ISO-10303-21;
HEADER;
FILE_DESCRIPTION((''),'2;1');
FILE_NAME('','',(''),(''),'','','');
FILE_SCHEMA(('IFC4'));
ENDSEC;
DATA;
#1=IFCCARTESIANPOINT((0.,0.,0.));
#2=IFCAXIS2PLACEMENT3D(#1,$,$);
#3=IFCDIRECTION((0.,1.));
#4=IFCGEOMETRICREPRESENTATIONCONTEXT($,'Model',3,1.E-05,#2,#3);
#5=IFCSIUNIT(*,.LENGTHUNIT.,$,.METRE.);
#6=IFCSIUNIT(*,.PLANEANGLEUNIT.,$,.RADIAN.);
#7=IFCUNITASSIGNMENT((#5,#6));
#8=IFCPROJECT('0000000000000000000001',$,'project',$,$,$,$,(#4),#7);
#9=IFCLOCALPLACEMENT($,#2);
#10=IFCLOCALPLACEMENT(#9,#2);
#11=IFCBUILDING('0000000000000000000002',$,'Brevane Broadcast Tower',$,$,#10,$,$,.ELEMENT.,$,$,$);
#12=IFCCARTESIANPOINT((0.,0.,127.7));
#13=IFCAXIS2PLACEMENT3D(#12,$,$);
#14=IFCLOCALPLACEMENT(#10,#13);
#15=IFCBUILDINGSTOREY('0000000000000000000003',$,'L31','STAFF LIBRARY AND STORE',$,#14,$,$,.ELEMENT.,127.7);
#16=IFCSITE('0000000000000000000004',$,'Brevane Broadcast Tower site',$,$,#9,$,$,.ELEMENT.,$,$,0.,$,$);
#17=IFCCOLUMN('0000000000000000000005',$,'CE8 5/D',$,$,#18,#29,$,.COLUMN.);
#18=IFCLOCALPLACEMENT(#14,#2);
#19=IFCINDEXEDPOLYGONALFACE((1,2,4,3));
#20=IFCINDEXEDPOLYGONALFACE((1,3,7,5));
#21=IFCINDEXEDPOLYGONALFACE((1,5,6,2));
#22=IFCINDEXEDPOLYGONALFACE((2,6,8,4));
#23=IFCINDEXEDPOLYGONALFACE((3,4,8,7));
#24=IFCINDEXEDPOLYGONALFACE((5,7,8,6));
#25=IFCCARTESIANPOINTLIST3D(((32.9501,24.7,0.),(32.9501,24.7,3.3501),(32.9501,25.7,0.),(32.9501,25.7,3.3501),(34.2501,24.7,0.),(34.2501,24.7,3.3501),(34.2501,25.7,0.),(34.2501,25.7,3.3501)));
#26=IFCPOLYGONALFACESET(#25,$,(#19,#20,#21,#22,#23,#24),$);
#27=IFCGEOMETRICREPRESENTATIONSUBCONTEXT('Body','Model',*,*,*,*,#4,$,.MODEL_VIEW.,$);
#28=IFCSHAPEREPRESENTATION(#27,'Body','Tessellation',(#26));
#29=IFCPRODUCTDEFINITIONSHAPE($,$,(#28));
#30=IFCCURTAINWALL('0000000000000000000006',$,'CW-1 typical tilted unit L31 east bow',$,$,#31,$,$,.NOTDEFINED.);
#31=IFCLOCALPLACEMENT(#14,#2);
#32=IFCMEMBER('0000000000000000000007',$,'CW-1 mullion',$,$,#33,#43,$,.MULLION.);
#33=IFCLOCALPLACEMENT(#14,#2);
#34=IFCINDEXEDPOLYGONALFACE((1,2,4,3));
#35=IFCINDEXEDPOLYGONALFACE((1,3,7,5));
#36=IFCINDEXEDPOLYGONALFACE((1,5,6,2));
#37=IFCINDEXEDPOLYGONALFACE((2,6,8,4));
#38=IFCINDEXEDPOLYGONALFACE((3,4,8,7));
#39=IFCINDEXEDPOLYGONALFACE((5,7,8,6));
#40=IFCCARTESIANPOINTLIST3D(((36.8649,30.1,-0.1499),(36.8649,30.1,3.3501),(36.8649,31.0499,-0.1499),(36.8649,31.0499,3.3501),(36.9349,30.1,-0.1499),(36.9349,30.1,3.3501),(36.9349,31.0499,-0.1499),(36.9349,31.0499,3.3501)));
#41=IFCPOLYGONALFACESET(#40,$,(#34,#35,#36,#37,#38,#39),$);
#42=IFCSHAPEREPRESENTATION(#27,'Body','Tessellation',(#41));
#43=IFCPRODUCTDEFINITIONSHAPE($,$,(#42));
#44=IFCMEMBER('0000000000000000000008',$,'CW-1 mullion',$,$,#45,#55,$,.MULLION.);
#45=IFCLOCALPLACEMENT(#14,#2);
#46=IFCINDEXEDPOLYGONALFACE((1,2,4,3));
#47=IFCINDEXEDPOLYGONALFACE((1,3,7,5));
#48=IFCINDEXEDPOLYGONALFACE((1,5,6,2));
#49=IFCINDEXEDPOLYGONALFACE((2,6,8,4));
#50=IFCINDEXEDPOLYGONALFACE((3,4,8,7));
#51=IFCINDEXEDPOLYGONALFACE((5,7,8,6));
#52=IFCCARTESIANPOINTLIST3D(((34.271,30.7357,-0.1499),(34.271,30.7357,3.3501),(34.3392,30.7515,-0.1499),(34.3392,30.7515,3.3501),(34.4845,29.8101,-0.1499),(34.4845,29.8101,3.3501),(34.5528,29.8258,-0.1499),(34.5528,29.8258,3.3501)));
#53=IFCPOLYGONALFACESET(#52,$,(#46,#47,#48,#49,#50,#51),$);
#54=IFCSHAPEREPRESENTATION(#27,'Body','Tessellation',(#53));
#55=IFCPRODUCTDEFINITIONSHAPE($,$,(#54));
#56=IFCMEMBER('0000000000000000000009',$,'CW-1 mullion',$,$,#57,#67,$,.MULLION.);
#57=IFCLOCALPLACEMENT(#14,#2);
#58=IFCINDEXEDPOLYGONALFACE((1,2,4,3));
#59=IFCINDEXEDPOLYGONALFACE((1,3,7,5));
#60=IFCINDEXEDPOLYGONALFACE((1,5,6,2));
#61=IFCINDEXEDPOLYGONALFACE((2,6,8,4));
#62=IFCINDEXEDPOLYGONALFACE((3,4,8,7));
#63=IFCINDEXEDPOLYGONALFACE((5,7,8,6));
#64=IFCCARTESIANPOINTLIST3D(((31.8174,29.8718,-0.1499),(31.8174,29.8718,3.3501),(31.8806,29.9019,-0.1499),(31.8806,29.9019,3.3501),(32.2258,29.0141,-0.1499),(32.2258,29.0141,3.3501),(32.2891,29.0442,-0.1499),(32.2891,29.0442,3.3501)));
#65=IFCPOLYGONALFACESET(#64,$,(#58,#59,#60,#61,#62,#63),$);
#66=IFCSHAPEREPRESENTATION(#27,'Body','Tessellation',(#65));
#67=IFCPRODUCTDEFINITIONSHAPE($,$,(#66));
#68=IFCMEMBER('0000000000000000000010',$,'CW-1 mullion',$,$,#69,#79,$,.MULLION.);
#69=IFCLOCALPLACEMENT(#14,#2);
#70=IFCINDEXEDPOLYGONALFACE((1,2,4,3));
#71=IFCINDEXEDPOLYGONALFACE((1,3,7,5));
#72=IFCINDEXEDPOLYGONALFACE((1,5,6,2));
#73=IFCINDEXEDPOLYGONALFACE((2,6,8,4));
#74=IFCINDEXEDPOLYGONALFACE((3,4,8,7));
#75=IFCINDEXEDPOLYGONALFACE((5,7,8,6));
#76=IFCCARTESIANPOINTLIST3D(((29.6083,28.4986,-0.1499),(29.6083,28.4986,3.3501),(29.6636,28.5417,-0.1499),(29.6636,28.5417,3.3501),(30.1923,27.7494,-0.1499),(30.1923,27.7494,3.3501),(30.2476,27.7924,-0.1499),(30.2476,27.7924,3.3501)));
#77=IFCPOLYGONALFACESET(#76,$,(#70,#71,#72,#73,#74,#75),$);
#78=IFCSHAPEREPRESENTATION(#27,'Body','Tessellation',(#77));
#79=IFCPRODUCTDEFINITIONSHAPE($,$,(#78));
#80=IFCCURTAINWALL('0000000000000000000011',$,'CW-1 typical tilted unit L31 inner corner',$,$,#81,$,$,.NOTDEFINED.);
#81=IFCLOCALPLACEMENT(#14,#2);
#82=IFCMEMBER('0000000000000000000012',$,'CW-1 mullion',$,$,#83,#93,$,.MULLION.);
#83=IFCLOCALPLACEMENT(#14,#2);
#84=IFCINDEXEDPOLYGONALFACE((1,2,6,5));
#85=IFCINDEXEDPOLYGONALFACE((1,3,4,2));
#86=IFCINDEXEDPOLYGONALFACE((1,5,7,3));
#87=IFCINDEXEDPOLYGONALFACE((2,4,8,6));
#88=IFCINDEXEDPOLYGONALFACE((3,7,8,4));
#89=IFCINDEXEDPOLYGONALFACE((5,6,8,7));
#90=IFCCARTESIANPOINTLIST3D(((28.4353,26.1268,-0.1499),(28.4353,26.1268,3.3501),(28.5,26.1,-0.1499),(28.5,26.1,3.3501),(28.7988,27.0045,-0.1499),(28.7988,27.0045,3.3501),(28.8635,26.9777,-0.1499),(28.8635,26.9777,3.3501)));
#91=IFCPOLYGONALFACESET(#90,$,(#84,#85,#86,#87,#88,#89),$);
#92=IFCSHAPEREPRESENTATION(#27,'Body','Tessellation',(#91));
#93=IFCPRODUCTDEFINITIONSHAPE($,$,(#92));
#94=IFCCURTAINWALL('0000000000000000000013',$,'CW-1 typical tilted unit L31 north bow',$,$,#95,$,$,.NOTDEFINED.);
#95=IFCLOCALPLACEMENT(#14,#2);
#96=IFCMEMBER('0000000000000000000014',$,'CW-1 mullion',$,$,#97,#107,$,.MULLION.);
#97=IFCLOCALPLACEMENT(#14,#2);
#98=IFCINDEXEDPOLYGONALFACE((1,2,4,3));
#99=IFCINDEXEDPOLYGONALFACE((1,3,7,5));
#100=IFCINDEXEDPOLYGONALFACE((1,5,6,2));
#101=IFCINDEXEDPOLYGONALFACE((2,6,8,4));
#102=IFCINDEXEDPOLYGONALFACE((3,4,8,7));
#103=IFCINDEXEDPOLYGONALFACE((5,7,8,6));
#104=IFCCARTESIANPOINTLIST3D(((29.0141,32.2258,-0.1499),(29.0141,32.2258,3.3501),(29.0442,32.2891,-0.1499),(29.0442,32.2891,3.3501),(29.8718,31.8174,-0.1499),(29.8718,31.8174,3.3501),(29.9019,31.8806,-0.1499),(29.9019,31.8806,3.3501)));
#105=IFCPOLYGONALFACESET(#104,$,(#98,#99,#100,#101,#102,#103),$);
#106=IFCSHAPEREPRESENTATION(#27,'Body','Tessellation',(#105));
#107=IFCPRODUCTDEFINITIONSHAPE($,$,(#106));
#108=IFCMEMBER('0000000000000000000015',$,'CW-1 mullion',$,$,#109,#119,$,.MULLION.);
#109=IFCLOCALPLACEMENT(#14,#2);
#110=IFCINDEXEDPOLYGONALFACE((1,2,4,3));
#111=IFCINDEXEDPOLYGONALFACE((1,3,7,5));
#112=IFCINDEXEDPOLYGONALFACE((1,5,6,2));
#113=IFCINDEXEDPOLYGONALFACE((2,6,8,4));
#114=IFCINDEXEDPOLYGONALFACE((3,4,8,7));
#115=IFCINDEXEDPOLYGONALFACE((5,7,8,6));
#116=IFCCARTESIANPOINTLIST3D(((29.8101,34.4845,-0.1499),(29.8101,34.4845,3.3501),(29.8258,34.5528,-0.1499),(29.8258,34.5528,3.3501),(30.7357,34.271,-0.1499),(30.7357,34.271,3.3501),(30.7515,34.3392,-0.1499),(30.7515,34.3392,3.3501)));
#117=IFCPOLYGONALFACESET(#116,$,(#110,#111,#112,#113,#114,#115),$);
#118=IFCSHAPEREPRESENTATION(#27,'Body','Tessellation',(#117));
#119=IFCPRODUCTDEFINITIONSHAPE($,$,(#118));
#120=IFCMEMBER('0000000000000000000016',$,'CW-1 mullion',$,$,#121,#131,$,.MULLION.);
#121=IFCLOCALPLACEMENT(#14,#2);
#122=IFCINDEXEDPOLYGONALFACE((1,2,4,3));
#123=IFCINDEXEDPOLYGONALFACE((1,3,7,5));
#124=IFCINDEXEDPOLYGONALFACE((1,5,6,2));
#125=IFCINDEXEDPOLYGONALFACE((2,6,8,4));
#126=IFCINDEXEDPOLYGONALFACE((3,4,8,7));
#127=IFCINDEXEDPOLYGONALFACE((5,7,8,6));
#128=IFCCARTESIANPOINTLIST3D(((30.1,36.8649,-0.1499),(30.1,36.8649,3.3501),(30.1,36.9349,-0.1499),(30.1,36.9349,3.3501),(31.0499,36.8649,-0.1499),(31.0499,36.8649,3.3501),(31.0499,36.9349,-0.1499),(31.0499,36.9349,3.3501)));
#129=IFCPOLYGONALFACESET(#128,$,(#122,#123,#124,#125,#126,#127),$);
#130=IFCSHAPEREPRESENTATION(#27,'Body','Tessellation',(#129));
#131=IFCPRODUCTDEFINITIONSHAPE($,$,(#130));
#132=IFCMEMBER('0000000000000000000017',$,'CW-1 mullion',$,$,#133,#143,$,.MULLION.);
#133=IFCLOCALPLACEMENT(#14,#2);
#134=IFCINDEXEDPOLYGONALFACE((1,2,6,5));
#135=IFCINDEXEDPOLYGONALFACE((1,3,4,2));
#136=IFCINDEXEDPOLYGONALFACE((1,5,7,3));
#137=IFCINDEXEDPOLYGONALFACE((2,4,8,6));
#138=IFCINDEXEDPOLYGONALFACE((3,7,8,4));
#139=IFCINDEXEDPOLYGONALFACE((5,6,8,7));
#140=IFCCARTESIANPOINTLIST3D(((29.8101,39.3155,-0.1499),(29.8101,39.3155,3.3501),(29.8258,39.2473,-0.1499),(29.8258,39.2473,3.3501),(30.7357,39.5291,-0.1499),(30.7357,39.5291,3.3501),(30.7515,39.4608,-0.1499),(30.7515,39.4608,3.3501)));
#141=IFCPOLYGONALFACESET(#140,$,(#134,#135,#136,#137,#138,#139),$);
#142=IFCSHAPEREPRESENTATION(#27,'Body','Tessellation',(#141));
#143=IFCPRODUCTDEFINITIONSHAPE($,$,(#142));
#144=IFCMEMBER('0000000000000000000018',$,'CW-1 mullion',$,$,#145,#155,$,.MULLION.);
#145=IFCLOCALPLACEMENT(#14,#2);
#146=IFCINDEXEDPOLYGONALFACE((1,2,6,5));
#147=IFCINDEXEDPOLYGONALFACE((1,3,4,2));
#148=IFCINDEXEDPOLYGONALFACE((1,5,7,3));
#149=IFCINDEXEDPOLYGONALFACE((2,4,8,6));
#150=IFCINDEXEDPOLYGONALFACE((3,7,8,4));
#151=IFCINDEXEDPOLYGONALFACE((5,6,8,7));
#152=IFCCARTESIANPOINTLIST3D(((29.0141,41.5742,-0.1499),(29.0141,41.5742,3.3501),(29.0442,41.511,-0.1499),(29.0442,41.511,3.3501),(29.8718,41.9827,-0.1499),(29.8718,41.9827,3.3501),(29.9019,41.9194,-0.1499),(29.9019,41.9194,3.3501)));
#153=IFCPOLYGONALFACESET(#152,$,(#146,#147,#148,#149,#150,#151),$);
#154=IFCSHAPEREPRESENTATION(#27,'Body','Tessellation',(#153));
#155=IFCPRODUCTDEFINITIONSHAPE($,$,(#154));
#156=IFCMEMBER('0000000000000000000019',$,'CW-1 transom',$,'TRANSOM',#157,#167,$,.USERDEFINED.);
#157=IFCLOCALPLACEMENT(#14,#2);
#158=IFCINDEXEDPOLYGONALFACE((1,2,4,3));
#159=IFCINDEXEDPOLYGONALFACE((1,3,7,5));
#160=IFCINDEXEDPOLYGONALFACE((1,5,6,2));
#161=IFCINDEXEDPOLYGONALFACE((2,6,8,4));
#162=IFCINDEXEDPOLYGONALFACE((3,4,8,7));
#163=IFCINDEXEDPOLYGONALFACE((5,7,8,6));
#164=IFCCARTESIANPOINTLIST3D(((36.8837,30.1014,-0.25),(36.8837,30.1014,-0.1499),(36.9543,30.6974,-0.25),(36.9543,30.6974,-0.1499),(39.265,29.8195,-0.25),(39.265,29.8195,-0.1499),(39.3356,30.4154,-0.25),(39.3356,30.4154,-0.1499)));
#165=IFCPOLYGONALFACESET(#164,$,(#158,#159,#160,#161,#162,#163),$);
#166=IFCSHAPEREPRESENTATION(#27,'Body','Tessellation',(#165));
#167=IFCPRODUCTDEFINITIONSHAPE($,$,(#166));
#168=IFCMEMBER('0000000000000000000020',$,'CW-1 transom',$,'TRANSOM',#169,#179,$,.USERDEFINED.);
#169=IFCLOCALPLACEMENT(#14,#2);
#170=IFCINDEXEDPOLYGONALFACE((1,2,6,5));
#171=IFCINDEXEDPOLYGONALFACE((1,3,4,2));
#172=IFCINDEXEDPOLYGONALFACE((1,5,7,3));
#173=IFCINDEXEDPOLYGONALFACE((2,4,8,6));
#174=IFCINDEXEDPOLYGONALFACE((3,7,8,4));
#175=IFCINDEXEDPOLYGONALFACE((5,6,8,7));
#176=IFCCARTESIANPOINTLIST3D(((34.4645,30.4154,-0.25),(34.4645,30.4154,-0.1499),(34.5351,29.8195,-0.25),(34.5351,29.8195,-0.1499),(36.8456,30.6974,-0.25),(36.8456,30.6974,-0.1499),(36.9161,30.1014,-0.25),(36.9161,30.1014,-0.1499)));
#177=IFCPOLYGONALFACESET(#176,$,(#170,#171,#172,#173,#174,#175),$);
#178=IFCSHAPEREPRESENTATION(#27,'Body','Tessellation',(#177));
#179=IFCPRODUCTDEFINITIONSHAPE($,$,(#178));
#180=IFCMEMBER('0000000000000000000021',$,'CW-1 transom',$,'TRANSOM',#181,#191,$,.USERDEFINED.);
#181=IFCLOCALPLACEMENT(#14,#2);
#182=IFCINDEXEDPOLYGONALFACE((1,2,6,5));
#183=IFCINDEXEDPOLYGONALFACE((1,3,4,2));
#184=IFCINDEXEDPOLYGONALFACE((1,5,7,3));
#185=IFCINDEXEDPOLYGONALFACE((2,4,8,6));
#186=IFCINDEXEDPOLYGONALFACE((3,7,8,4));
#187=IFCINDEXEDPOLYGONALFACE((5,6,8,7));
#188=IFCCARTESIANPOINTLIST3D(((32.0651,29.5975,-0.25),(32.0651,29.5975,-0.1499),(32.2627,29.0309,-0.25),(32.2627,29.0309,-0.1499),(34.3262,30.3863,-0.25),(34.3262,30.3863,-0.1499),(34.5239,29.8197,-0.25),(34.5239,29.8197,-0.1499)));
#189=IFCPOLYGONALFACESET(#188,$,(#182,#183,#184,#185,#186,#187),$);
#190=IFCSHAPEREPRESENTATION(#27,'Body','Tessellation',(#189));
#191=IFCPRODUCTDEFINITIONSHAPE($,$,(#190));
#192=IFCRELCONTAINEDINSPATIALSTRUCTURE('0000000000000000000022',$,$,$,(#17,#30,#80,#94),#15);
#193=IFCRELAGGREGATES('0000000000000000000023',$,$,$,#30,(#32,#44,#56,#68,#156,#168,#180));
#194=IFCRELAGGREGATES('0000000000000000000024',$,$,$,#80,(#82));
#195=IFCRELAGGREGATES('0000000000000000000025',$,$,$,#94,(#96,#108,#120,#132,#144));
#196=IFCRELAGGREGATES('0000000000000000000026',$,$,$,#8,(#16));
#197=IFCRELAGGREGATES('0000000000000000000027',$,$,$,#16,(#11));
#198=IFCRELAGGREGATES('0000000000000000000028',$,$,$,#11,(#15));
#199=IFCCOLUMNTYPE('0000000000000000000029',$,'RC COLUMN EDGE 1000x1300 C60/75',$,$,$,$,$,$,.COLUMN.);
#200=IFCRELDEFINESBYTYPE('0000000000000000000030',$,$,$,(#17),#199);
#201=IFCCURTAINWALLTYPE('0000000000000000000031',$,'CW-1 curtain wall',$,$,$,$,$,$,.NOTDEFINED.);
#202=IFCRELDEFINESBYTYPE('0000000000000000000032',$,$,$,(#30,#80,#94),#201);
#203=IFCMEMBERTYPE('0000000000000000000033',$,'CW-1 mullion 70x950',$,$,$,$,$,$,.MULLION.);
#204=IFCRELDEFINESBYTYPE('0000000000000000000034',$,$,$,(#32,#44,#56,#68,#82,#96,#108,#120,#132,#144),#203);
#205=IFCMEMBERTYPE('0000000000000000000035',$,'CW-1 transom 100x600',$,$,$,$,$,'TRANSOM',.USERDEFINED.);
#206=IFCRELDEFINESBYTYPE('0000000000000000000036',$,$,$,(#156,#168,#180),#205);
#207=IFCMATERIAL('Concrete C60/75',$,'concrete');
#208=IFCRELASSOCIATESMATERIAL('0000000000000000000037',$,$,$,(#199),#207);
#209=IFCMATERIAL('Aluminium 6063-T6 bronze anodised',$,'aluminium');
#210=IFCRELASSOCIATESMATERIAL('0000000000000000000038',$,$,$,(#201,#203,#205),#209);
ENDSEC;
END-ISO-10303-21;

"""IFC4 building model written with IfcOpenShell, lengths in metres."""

from ifc_helpers import new_model, si_unit, direction, frame, origin, origin_2d, place, context, subcontext, project, spatial, rectangle, extrude, material, material_profile, profile_set, type_object, element, aggregate, save


model = new_model("IFC4")

# Units and contexts
model_context = context("Model", 3, precision=1e-05, world=origin(), true_north=direction((0.0, 1.0)))
body_context = subcontext(model_context, "Body", "Model", "MODEL_VIEW")
ifc_project = project(units=[si_unit("LENGTHUNIT", "METRE"), si_unit("PLANEANGLEUNIT", "RADIAN")], contexts=[model_context])

# Site, building, storey
site_placement = place(None, origin())
site = spatial("IfcSite", under=ifc_project, at=site_placement, Name="Brevane Broadcast Tower site", CompositionType="ELEMENT", RefElevation=0.0)
building_placement = place(site_placement, origin())
building = spatial("IfcBuilding", under=site, at=building_placement, Name="Brevane Broadcast Tower", CompositionType="ELEMENT")
storey_placement = place(building_placement, frame((0.0, 0.0, 127.7)))
storey = spatial("IfcBuildingStorey", under=building, at=storey_placement, Name="L31", Description="STAFF LIBRARY AND STORE", CompositionType="ELEMENT", Elevation=127.7)

# Column
ifc_material_1 = material(Name="Concrete C60/75", Category="concrete")
ifc_material_profile_1 = material_profile(ifc_material_1, rectangle(XDim=1.0, YDim=1.3, at=origin_2d()), Name="RC 1000x1300")
ifc_profile_set_1 = profile_set([ifc_material_profile_1], Name="Concrete C60/75")
column_type = type_object("IfcColumnType", Name="RC COLUMN EDGE 1000x1300 C60/75", PredefinedType="COLUMN", material=ifc_profile_set_1)
column_placement = place(storey_placement, frame((33.6001, 25.2, 0.0), z_axis=(0.0, 0.0, 1.0), x_axis=(0.0, 1.0, 0.0)))
element("IfcColumn", 1, at=column_placement, inside=storey, type_object=column_type, Name="CE8 5/D", PredefinedType="COLUMN", context=body_context, shape_type="SweptSolid", body=[
    extrude(rectangle(XDim=1.0, YDim=1.3, at=origin_2d()), origin(), (0.0, 0.0, 1.0), 3.3501),
])

# Curtain wall, members
ifc_material_2 = material(Name="Aluminium 6063-T6 bronze anodised", Category="aluminium")
curtain_wall_type = type_object("IfcCurtainWallType", Name="CW-1 curtain wall", PredefinedType="NOTDEFINED", material=ifc_material_2)
curtain_wall_1_placement = place(storey_placement, origin())
curtain_wall_1 = element("IfcCurtainWall", 2, at=curtain_wall_1_placement, inside=storey, type_object=curtain_wall_type, Name="CW-1 typical tilted unit L31 east bow", PredefinedType="NOTDEFINED")
ifc_material_profile_2 = material_profile(ifc_material_2, rectangle(XDim=0.95, YDim=0.0701, at=origin_2d()), Name="RECT 70x950")
ifc_profile_set_2 = profile_set([ifc_material_profile_2], Name="Aluminium 6063-T6 bronze anodised")
member_type_1 = type_object("IfcMemberType", Name="CW-1 mullion 70x950", PredefinedType="MULLION", material=ifc_profile_set_2)
member_1_placement = place(storey_placement, frame((36.8999, 30.575, -0.1499), z_axis=(0.0, 0.0, 1.0), x_axis=(0.0, -1.0, 0.0)))
member_1 = element("IfcMember", 3, at=member_1_placement, type_object=member_type_1, Name="CW-1 mullion", PredefinedType="MULLION", context=body_context, shape_type="SweptSolid", body=[
    extrude(rectangle(XDim=0.95, YDim=0.0701, at=origin_2d()), origin(), (0.0, 0.0, 1.0), 3.5),
])
member_2_placement = place(storey_placement, frame((34.4119, 30.2808, -0.1499), z_axis=(0.0, 0.0, 1.0), x_axis=(0.224806, -0.974403, 0.0)))
member_2 = element("IfcMember", 4, at=member_2_placement, type_object=member_type_1, Name="CW-1 mullion", PredefinedType="MULLION", context=body_context, shape_type="SweptSolid", body=[
    extrude(rectangle(XDim=0.95, YDim=0.0701, at=origin_2d()), origin(), (0.0, 0.0, 1.0), 3.5),
])
member_3_placement = place(storey_placement, frame((32.0532, 29.458, -0.1499), z_axis=(0.0, 0.0, 1.0), x_axis=(0.429934, -0.902861, 0.0)))
member_3 = element("IfcMember", 5, at=member_3_placement, type_object=member_type_1, Name="CW-1 mullion", PredefinedType="MULLION", context=body_context, shape_type="SweptSolid", body=[
    extrude(rectangle(XDim=0.95, YDim=0.0701, at=origin_2d()), origin(), (0.0, 0.0, 1.0), 3.5),
])
member_4_placement = place(storey_placement, frame((29.928, 28.1455, -0.1499), z_axis=(0.0, 0.0, 1.0), x_axis=(0.61477, -0.788707, 0.0)))
member_4 = element("IfcMember", 6, at=member_4_placement, type_object=member_type_1, Name="CW-1 mullion", PredefinedType="MULLION", context=body_context, shape_type="SweptSolid", body=[
    extrude(rectangle(XDim=0.95, YDim=0.0701, at=origin_2d()), origin(), (0.0, 0.0, 1.0), 3.5),
])

# Curtain wall, member
curtain_wall_2_placement = place(storey_placement, origin())
curtain_wall_2 = element("IfcCurtainWall", 7, at=curtain_wall_2_placement, inside=storey, type_object=curtain_wall_type, Name="CW-1 typical tilted unit L31 inner corner", PredefinedType="NOTDEFINED")
member_5_placement = place(storey_placement, frame((28.6494, 26.5522, -0.1499), z_axis=(0.0, 0.0, 1.0), x_axis=(-0.382684, -0.923879, 0.0)))
member_5 = element("IfcMember", 8, at=member_5_placement, type_object=member_type_1, Name="CW-1 mullion", PredefinedType="MULLION", context=body_context, shape_type="SweptSolid", body=[
    extrude(rectangle(XDim=0.95, YDim=0.0701, at=origin_2d()), origin(), (0.0, 0.0, 1.0), 3.5),
])

# Curtain wall, members
curtain_wall_3_placement = place(storey_placement, origin())
curtain_wall_3 = element("IfcCurtainWall", 9, at=curtain_wall_3_placement, inside=storey, type_object=curtain_wall_type, Name="CW-1 typical tilted unit L31 north bow", PredefinedType="NOTDEFINED")
member_6_placement = place(storey_placement, frame((29.458, 32.0532, -0.1499), z_axis=(0.0, 0.0, 1.0), x_axis=(-0.902861, 0.429934, 0.0)))
member_6 = element("IfcMember", 10, at=member_6_placement, type_object=member_type_1, Name="CW-1 mullion", PredefinedType="MULLION", context=body_context, shape_type="SweptSolid", body=[
    extrude(rectangle(XDim=0.95, YDim=0.0701, at=origin_2d()), origin(), (0.0, 0.0, 1.0), 3.5),
])
member_7_placement = place(storey_placement, frame((30.2808, 34.4119, -0.1499), z_axis=(0.0, 0.0, 1.0), x_axis=(-0.974403, 0.224806, 0.0)))
member_7 = element("IfcMember", 11, at=member_7_placement, type_object=member_type_1, Name="CW-1 mullion", PredefinedType="MULLION", context=body_context, shape_type="SweptSolid", body=[
    extrude(rectangle(XDim=0.95, YDim=0.0701, at=origin_2d()), origin(), (0.0, 0.0, 1.0), 3.5),
])
member_8_placement = place(storey_placement, frame((30.575, 36.8999, -0.1499), z_axis=(0.0, 0.0, 1.0), x_axis=(-1.0, 0.0, 0.0)))
member_8 = element("IfcMember", 12, at=member_8_placement, type_object=member_type_1, Name="CW-1 mullion", PredefinedType="MULLION", context=body_context, shape_type="SweptSolid", body=[
    extrude(rectangle(XDim=0.95, YDim=0.0701, at=origin_2d()), origin(), (0.0, 0.0, 1.0), 3.5),
])
member_9_placement = place(storey_placement, frame((30.2808, 39.3882, -0.1499), z_axis=(0.0, 0.0, 1.0), x_axis=(-0.974403, -0.224806, 0.0)))
member_9 = element("IfcMember", 13, at=member_9_placement, type_object=member_type_1, Name="CW-1 mullion", PredefinedType="MULLION", context=body_context, shape_type="SweptSolid", body=[
    extrude(rectangle(XDim=0.95, YDim=0.0701, at=origin_2d()), origin(), (0.0, 0.0, 1.0), 3.5),
])
member_10_placement = place(storey_placement, frame((29.458, 41.7468, -0.1499), z_axis=(0.0, 0.0, 1.0), x_axis=(-0.902861, -0.429934, 0.0)))
member_10 = element("IfcMember", 14, at=member_10_placement, type_object=member_type_1, Name="CW-1 mullion", PredefinedType="MULLION", context=body_context, shape_type="SweptSolid", body=[
    extrude(rectangle(XDim=0.95, YDim=0.0701, at=origin_2d()), origin(), (0.0, 0.0, 1.0), 3.5),
])

# Members
ifc_material_profile_3 = material_profile(ifc_material_2, rectangle(XDim=0.6001, YDim=0.1001, at=origin_2d()), Name="RECT 100x600")
ifc_profile_set_3 = profile_set([ifc_material_profile_3], Name="Aluminium 6063-T6 bronze anodised")
member_type_2 = type_object("IfcMemberType", Name="CW-1 transom 100x600", ElementType="TRANSOM", PredefinedType="USERDEFINED", material=ifc_profile_set_3)
member_11_placement = place(storey_placement, frame((39.3003, 30.1174, -0.2), z_axis=(-0.993062, 0.117591, 0.0), x_axis=(-0.117591, -0.993062, 0.0)))
member_11 = element("IfcMember", 15, at=member_11_placement, type_object=member_type_2, Name="CW-1 transom", ObjectType="TRANSOM", PredefinedType="USERDEFINED", context=body_context, shape_type="SweptSolid", body=[
    extrude(rectangle(XDim=0.6001, YDim=0.1001, at=origin_2d()), origin(), (0.0, 0.0, 1.0), 2.3979),
])
member_12_placement = place(storey_placement, frame((36.8809, 30.3994, -0.2), z_axis=(-0.993061, -0.117603, 0.0), x_axis=(0.117603, -0.993061, 0.0)))
member_12 = element("IfcMember", 16, at=member_12_placement, type_object=member_type_2, Name="CW-1 transom", ObjectType="TRANSOM", PredefinedType="USERDEFINED", context=body_context, shape_type="SweptSolid", body=[
    extrude(rectangle(XDim=0.6001, YDim=0.1001, at=origin_2d()), origin(), (0.0, 0.0, 1.0), 2.3977),
])
member_13_placement = place(storey_placement, frame((34.425, 30.103, -0.2), z_axis=(-0.944198, -0.329378, 0.0), x_axis=(0.329378, -0.944198, 0.0)))
member_13 = element("IfcMember", 17, at=member_13_placement, type_object=member_type_2, Name="CW-1 transom", ObjectType="TRANSOM", PredefinedType="USERDEFINED", context=body_context, shape_type="SweptSolid", body=[
    extrude(rectangle(XDim=0.6001, YDim=0.1001, at=origin_2d()), origin(), (0.0, 0.0, 1.0), 2.3948),
])
aggregate(curtain_wall_1, [member_1, member_2, member_3, member_4, member_11, member_12, member_13])
aggregate(curtain_wall_2, [member_5])
aggregate(curtain_wall_3, [member_6, member_7, member_8, member_9, member_10])

save(model, "model.ifc")
